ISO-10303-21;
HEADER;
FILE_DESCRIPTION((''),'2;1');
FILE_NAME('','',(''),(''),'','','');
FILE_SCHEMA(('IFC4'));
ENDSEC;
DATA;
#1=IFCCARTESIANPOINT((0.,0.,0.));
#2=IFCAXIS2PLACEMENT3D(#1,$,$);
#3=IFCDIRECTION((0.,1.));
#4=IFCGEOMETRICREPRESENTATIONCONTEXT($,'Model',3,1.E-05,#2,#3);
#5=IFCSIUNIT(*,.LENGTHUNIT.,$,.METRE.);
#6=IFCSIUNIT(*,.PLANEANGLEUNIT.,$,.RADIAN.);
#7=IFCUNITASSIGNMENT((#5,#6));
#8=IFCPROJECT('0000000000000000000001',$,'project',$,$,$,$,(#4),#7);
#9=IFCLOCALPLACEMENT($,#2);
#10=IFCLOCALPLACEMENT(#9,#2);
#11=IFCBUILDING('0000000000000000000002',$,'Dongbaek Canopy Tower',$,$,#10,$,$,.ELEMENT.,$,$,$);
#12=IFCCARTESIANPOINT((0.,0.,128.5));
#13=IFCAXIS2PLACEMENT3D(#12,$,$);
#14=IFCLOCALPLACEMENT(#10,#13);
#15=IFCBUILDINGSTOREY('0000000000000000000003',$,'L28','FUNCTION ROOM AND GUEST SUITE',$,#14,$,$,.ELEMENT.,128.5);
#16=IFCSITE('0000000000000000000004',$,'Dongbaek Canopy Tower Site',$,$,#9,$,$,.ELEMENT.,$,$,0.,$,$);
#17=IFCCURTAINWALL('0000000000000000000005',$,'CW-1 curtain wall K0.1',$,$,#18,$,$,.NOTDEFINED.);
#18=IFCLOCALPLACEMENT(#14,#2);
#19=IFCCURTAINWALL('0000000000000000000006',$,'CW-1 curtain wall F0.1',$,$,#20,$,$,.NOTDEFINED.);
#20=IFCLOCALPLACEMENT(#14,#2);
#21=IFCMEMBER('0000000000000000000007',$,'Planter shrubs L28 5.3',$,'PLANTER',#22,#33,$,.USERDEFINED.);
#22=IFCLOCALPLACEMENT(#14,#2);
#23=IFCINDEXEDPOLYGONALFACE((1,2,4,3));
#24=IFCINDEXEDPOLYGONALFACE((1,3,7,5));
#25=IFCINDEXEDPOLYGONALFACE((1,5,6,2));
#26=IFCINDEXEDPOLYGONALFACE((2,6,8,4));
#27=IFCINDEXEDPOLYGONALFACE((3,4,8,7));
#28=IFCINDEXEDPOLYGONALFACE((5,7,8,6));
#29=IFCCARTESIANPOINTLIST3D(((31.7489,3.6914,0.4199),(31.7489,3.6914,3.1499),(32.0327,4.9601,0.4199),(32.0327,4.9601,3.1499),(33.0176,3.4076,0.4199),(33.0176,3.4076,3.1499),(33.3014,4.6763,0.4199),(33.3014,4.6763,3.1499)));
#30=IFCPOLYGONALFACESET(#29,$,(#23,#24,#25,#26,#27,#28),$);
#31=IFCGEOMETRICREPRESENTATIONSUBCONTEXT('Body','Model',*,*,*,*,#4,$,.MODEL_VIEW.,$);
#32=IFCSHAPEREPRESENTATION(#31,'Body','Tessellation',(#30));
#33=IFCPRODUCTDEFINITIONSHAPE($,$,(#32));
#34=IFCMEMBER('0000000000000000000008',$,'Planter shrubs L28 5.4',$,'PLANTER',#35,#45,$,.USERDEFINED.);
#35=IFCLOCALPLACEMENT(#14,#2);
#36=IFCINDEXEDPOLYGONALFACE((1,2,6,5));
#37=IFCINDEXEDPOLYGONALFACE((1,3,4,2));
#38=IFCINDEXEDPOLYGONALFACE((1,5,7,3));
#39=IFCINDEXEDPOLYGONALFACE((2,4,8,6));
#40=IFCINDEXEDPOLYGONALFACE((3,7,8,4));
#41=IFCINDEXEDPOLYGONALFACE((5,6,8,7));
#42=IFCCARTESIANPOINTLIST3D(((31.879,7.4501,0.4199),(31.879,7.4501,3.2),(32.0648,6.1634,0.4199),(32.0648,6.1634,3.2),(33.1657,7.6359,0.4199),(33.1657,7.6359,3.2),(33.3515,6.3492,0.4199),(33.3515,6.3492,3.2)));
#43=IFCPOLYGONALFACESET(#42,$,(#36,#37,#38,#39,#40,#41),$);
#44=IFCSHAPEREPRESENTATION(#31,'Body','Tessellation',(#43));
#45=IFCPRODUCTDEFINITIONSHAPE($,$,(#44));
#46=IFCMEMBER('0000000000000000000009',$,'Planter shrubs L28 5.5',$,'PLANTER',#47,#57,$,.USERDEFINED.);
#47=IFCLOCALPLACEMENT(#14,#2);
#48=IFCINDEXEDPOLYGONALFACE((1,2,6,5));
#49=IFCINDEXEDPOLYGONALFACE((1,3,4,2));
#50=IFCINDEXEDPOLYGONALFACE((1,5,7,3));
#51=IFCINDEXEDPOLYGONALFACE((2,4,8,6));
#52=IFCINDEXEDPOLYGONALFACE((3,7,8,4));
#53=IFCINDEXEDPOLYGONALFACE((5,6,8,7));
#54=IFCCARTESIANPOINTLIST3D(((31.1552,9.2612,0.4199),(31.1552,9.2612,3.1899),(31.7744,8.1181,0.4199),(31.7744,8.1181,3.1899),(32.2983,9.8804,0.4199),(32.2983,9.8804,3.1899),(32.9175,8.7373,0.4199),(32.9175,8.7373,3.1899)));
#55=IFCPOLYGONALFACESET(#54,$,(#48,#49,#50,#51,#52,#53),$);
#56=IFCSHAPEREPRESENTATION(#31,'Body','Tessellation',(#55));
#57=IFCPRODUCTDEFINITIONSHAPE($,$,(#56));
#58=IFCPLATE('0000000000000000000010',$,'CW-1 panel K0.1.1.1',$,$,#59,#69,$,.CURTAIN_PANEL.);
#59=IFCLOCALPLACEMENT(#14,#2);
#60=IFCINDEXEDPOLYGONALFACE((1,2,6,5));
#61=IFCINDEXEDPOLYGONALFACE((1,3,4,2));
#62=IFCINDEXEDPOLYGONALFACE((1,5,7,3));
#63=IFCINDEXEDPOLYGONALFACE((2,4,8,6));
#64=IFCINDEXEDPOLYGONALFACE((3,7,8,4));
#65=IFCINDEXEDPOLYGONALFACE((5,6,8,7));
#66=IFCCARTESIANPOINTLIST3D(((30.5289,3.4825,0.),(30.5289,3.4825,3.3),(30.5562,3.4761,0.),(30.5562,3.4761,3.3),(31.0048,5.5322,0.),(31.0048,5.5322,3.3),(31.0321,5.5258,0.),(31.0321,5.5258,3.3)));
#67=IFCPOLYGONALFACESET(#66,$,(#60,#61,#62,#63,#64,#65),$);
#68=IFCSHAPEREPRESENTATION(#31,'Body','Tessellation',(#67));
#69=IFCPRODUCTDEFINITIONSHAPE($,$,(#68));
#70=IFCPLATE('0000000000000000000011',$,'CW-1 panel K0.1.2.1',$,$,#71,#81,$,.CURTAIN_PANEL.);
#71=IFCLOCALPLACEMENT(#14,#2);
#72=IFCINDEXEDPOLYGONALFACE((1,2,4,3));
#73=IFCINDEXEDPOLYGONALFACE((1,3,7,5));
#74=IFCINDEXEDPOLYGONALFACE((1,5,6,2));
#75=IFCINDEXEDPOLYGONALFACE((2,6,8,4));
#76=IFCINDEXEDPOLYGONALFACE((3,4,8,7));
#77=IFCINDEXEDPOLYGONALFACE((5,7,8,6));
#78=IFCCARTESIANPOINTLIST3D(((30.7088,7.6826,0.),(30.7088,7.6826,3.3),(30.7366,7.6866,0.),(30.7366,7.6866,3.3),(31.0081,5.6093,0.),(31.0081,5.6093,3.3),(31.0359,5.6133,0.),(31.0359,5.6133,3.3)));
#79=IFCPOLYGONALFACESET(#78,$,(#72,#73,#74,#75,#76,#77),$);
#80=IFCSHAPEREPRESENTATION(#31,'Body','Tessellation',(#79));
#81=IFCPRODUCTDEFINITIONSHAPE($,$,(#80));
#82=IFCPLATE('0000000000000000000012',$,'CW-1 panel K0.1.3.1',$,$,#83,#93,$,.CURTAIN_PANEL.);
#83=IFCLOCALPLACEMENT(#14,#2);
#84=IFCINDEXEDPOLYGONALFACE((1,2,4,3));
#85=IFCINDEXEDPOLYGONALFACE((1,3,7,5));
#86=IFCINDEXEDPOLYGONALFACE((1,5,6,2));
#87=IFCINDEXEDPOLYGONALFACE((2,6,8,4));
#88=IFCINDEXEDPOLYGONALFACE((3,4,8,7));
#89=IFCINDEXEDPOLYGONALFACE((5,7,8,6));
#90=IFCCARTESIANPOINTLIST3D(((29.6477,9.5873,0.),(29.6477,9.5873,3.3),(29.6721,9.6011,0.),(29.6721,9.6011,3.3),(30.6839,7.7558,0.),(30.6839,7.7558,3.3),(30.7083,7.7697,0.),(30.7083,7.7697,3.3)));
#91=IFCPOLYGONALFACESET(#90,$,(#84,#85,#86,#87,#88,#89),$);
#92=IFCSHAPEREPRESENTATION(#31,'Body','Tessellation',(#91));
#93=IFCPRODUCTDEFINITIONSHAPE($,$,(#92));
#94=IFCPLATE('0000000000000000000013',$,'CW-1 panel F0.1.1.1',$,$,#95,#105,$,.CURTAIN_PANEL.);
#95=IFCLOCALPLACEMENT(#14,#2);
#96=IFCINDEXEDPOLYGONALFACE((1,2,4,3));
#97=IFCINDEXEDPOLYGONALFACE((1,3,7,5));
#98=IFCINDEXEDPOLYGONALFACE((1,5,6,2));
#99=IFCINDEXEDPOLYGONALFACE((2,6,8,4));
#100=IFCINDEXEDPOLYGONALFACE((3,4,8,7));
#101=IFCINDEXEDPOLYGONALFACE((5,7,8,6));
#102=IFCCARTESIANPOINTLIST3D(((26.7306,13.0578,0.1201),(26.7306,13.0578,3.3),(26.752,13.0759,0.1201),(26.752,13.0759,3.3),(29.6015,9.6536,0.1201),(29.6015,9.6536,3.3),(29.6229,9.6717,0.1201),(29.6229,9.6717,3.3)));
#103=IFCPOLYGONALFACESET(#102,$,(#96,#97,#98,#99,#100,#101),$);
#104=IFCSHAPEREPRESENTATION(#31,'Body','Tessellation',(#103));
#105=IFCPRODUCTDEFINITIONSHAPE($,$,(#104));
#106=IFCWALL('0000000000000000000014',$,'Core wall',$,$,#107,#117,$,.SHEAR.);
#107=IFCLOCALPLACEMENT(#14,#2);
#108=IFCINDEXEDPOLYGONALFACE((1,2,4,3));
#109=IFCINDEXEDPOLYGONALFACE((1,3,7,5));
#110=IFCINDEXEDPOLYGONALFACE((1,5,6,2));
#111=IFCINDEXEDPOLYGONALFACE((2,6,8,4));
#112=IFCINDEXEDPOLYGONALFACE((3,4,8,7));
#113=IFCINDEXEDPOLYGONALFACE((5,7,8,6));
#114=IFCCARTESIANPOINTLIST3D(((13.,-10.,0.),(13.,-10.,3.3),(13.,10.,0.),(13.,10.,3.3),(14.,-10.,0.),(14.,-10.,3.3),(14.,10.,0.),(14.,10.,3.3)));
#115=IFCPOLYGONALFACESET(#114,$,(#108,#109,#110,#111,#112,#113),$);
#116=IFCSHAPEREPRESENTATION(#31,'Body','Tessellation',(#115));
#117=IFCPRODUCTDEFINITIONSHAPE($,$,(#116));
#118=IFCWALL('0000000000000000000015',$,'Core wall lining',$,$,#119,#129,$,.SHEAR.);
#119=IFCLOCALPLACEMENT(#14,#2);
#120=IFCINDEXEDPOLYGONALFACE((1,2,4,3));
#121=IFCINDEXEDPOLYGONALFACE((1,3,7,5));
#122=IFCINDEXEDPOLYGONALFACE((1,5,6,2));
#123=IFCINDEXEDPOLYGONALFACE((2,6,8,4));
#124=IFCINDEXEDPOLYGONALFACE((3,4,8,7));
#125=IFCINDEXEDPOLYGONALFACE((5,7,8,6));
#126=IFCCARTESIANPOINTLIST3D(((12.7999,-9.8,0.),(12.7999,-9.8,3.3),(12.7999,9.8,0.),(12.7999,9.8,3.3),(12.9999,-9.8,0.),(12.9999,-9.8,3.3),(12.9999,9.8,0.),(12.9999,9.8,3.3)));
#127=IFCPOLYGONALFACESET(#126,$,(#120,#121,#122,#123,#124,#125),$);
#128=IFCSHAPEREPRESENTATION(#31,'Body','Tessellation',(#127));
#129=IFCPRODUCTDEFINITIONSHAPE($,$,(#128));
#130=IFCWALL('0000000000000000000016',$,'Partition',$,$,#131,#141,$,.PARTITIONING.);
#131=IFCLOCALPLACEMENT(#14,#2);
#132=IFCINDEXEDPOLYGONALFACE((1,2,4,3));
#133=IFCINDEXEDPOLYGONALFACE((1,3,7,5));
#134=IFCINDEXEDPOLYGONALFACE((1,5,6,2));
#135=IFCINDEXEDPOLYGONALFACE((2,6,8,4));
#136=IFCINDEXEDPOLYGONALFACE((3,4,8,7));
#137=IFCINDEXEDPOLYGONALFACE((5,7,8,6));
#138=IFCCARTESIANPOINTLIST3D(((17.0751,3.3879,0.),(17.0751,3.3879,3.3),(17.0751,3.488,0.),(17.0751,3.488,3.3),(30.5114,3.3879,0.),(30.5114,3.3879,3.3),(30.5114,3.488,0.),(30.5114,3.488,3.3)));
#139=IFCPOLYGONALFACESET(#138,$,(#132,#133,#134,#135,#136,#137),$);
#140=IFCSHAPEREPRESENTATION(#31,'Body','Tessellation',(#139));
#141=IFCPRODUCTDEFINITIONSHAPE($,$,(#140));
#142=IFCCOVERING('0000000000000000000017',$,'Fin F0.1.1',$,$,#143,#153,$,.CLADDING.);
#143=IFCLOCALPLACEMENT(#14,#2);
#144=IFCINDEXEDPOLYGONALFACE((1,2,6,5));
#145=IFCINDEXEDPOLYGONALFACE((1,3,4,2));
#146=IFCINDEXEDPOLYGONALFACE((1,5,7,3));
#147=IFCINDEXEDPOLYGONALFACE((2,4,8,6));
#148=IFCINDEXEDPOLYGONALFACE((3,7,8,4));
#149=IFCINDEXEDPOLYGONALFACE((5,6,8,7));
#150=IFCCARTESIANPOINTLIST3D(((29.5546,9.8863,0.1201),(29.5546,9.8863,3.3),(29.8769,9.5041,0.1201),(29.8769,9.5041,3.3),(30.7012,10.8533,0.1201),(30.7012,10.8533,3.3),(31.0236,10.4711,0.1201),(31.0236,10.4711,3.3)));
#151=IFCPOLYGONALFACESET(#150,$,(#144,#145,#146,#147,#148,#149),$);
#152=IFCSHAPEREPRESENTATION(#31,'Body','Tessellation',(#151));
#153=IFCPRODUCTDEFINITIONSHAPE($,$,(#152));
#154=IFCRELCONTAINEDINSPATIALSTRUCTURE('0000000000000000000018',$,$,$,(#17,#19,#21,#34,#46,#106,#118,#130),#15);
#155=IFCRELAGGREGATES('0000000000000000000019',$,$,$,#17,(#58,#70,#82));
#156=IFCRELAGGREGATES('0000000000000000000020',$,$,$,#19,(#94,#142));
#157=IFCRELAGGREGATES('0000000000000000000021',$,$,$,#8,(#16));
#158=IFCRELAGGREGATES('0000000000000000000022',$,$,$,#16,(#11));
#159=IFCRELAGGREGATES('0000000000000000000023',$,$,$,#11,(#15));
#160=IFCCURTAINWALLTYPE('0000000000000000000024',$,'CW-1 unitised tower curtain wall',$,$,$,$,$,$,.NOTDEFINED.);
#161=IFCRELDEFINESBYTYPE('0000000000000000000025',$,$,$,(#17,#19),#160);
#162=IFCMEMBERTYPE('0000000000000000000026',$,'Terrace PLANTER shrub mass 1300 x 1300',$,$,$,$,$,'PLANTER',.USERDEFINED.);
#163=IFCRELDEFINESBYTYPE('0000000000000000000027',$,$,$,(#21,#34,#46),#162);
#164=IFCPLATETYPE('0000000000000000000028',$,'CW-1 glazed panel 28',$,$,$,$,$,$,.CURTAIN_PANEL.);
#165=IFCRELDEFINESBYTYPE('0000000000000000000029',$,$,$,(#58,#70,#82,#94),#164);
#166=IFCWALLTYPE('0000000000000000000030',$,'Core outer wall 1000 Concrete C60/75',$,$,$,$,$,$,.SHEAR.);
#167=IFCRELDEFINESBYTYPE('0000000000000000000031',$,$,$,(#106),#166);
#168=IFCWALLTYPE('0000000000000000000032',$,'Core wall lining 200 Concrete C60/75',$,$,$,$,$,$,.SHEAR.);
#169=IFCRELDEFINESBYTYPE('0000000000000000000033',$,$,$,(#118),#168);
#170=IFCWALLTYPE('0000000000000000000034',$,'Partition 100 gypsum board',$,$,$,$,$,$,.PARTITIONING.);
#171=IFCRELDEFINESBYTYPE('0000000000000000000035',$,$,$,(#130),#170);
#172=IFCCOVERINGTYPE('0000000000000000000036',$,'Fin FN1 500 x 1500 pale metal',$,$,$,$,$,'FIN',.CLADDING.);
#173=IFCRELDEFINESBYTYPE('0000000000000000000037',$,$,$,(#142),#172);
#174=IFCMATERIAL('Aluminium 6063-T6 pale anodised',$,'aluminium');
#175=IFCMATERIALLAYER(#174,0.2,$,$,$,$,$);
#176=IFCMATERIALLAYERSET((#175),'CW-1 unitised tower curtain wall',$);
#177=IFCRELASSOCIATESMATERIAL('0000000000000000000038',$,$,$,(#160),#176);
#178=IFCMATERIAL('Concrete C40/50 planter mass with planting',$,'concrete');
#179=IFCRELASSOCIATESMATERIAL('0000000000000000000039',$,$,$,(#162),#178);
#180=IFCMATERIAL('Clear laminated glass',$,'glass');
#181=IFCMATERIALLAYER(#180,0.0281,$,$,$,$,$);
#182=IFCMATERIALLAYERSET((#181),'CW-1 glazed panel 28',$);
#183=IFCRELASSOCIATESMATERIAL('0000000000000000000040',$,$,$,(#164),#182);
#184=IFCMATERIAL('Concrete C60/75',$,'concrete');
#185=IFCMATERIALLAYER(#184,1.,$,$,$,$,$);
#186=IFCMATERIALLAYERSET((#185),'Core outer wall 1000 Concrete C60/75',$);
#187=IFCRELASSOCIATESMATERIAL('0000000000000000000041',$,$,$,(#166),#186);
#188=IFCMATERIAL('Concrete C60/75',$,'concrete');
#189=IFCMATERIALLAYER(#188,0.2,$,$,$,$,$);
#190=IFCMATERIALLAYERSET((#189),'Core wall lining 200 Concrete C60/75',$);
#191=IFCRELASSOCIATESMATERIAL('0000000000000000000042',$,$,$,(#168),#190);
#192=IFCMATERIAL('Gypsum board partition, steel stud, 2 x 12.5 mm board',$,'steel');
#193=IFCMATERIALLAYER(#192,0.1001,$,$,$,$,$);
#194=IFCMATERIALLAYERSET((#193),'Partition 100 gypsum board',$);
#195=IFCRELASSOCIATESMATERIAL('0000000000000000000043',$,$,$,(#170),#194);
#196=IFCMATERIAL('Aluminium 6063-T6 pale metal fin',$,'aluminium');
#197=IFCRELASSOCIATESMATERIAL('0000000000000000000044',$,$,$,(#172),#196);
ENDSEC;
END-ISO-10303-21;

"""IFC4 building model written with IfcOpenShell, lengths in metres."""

from ifc_helpers import new_model, si_unit, direction, frame, frame_2d, origin, origin_2d, place, context, subcontext, project, spatial, rectangle, extrude, material, layer, layer_set, material_profile, profile_set, type_object, element, aggregate, save


model = new_model("IFC4")

# Units and contexts
model_context = context("Model", 3, precision=1e-05, world=origin(), true_north=direction((0.0, 1.0)))
body_context = subcontext(model_context, "Body", "Model", "MODEL_VIEW")
ifc_project = project(units=[si_unit("LENGTHUNIT", "METRE"), si_unit("PLANEANGLEUNIT", "RADIAN")], contexts=[model_context])

# Site, building, storey
site_placement = place(None, origin())
site = spatial("IfcSite", under=ifc_project, at=site_placement, Name="Dongbaek Canopy Tower Site", CompositionType="ELEMENT", RefElevation=0.0)
building_placement = place(site_placement, origin())
building = spatial("IfcBuilding", under=site, at=building_placement, Name="Dongbaek Canopy Tower", CompositionType="ELEMENT")
storey_placement = place(building_placement, frame((0.0, 0.0, 128.5)))
storey = spatial("IfcBuildingStorey", under=building, at=storey_placement, Name="L28", Description="FUNCTION ROOM AND GUEST SUITE", CompositionType="ELEMENT", Elevation=128.5)

# Curtain walls
ifc_material_1 = material(Name="Aluminium 6063-T6 pale anodised", Category="aluminium")
ifc_layer_1 = layer(ifc_material_1, 0.2)
ifc_layer_set_1 = layer_set([ifc_layer_1], Name="CW-1 unitised tower curtain wall")
curtain_wall_type = type_object("IfcCurtainWallType", Name="CW-1 unitised tower curtain wall", PredefinedType="NOTDEFINED", material=ifc_layer_set_1)
curtain_wall_1_placement = place(storey_placement, origin())
curtain_wall_1 = element("IfcCurtainWall", 1, at=curtain_wall_1_placement, inside=storey, type_object=curtain_wall_type, Name="CW-1 curtain wall K0.1", PredefinedType="NOTDEFINED")
curtain_wall_2_placement = place(storey_placement, origin())
curtain_wall_2 = element("IfcCurtainWall", 2, at=curtain_wall_2_placement, inside=storey, type_object=curtain_wall_type, Name="CW-1 curtain wall F0.1", PredefinedType="NOTDEFINED")

# Members
ifc_material_2 = material(Name="Concrete C40/50 planter mass with planting", Category="concrete")
ifc_material_profile_1 = material_profile(ifc_material_2, rectangle(XDim=1.3, YDim=1.3, at=origin_2d()), Name="Terrace PLANTER shrub mass 1300 x 1300")
ifc_profile_set_1 = profile_set([ifc_material_profile_1], Name="Concrete C40/50 planter mass with planting")
member_type_1 = type_object("IfcMemberType", Name="Terrace PLANTER shrub mass 1300 x 1300", ElementType="PLANTER", PredefinedType="USERDEFINED", material=ifc_profile_set_1)
member_1_placement = place(storey_placement, frame((32.5251, 4.1838, 0.4199), z_axis=(0.0, 0.0, 1.0), x_axis=(0.975892, -0.218254, 0.0)))
element("IfcMember", 3, at=member_1_placement, inside=storey, type_object=member_type_1, Name="Planter shrubs L28 5.3", ObjectType="PLANTER", PredefinedType="USERDEFINED", context=body_context, shape_type="SweptSolid", body=[
    extrude(rectangle(XDim=1.3, YDim=1.3, at=origin_2d()), origin(), (0.0, 0.0, 1.0), 2.73),
])
member_2_placement = place(storey_placement, frame((32.6152, 6.8997, 0.4199), z_axis=(0.0, 0.0, 1.0), x_axis=(0.989741, 0.142876, 0.0)))
element("IfcMember", 4, at=member_2_placement, inside=storey, type_object=member_type_1, Name="Planter shrubs L28 5.4", ObjectType="PLANTER", PredefinedType="USERDEFINED", context=body_context, shape_type="SweptSolid", body=[
    extrude(rectangle(XDim=1.3, YDim=1.3, at=origin_2d()), origin(), (0.0, 0.0, 1.0), 2.78),
])
member_3_placement = place(storey_placement, frame((32.0364, 8.9993, 0.4199), z_axis=(0.0, 0.0, 1.0), x_axis=(0.879277, 0.476311, 0.0)))
element("IfcMember", 5, at=member_3_placement, inside=storey, type_object=member_type_1, Name="Planter shrubs L28 5.5", ObjectType="PLANTER", PredefinedType="USERDEFINED", context=body_context, shape_type="SweptSolid", body=[
    extrude(rectangle(XDim=1.3, YDim=1.3, at=origin_2d()), origin(), (0.0, 0.0, 1.0), 2.77),
])

# Plates
ifc_material_3 = material(Name="Clear laminated glass", Category="glass")
ifc_layer_2 = layer(ifc_material_3, 0.0281)
ifc_layer_set_2 = layer_set([ifc_layer_2], Name="CW-1 glazed panel 28")
plate_type = type_object("IfcPlateType", Name="CW-1 glazed panel 28", PredefinedType="CURTAIN_PANEL", material=ifc_layer_set_2)
plate_1_placement = place(storey_placement, frame((30.7805, 4.5042, 0.0), z_axis=(0.0, 0.0, 1.0), x_axis=(0.226166, 0.974089, 0.0)))
plate_1 = element("IfcPlate", 6, at=plate_1_placement, type_object=plate_type, Name="CW-1 panel K0.1.1.1", PredefinedType="CURTAIN_PANEL", context=body_context, shape_type="SweptSolid", body=[
    extrude(rectangle(XDim=2.1042, YDim=0.0281, at=origin_2d()), origin(), (0.0, 0.0, 1.0), 3.3),
])
plate_2_placement = place(storey_placement, frame((30.8723, 6.6479, 0.0), z_axis=(0.0, 0.0, 1.0), x_axis=(-0.142876, 0.989741, 0.0)))
plate_2 = element("IfcPlate", 7, at=plate_2_placement, type_object=plate_type, Name="CW-1 panel K0.1.2.1", PredefinedType="CURTAIN_PANEL", context=body_context, shape_type="SweptSolid", body=[
    extrude(rectangle(XDim=2.0947, YDim=0.0281, at=origin_2d()), origin(), (0.0, 0.0, 1.0), 3.3),
])
plate_3_placement = place(storey_placement, frame((30.178, 8.6785, 0.0), z_axis=(0.0, 0.0, 1.0), x_axis=(-0.492424, 0.870356, 0.0)))
plate_3 = element("IfcPlate", 8, at=plate_3_placement, type_object=plate_type, Name="CW-1 panel K0.1.3.1", PredefinedType="CURTAIN_PANEL", context=body_context, shape_type="SweptSolid", body=[
    extrude(rectangle(XDim=2.1042, YDim=0.0281, at=origin_2d()), origin(), (0.0, 0.0, 1.0), 3.3),
])
aggregate(curtain_wall_1, [plate_1, plate_2, plate_3])
plate_4_placement = place(storey_placement, frame((28.1768, 11.3647, 0.1201), z_axis=(0.0, 0.0, 1.0), x_axis=(-0.644696, 0.764439, 0.0)))
plate_4 = element("IfcPlate", 9, at=plate_4_placement, type_object=plate_type, Name="CW-1 panel F0.1.1.1", PredefinedType="CURTAIN_PANEL", context=body_context, shape_type="SweptSolid", body=[
    extrude(rectangle(XDim=4.4531, YDim=0.0281, at=origin_2d()), origin(), (0.0, 0.0, 1.0), 3.1799),
])

# Walls
ifc_material_4 = material(Name="Concrete C60/75", Category="concrete")
ifc_layer_3 = layer(ifc_material_4, 1.0)
ifc_layer_set_3 = layer_set([ifc_layer_3], Name="Core outer wall 1000 Concrete C60/75")
wall_type_1 = type_object("IfcWallType", Name="Core outer wall 1000 Concrete C60/75", PredefinedType="SHEAR", material=ifc_layer_set_3)
wall_1_placement = place(storey_placement, frame((13.5, 10.0, 0.0), z_axis=(0.0, 0.0, 1.0), x_axis=(0.0, -1.0, 0.0)))
element("IfcWall", 10, at=wall_1_placement, inside=storey, type_object=wall_type_1, Name="Core wall", PredefinedType="SHEAR", context=body_context, shape_type="SweptSolid", body=[
    extrude(rectangle(XDim=20.0, YDim=1.0, at=frame_2d((10.0, 0.0))), origin(), (0.0, 0.0, 1.0), 3.3),
])
ifc_material_5 = material(Name="Concrete C60/75", Category="concrete")
ifc_layer_4 = layer(ifc_material_5, 0.2)
ifc_layer_set_4 = layer_set([ifc_layer_4], Name="Core wall lining 200 Concrete C60/75")
wall_type_2 = type_object("IfcWallType", Name="Core wall lining 200 Concrete C60/75", PredefinedType="SHEAR", material=ifc_layer_set_4)
wall_2_placement = place(storey_placement, frame((12.8999, 9.8, 0.0), z_axis=(0.0, 0.0, 1.0), x_axis=(0.0, -1.0, 0.0)))
element("IfcWall", 11, at=wall_2_placement, inside=storey, type_object=wall_type_2, Name="Core wall lining", PredefinedType="SHEAR", context=body_context, shape_type="SweptSolid", body=[
    extrude(rectangle(XDim=19.6001, YDim=0.2, at=frame_2d((9.8, 0.0))), origin(), (0.0, 0.0, 1.0), 3.3),
])
ifc_material_6 = material(Name="Gypsum board partition, steel stud, 2 x 12.5 mm board", Category="steel")
ifc_layer_5 = layer(ifc_material_6, 0.1001)
ifc_layer_set_5 = layer_set([ifc_layer_5], Name="Partition 100 gypsum board")
wall_type_3 = type_object("IfcWallType", Name="Partition 100 gypsum board", PredefinedType="PARTITIONING", material=ifc_layer_set_5)
wall_3_placement = place(storey_placement, frame((17.075, 3.438, 0.0), z_axis=(0.0, 0.0, 1.0), x_axis=(1.0, 0.0, 0.0)))
element("IfcWall", 12, at=wall_3_placement, inside=storey, type_object=wall_type_3, Name="Partition", PredefinedType="PARTITIONING", context=body_context, shape_type="SweptSolid", body=[
    extrude(rectangle(XDim=13.4363, YDim=0.1001, at=frame_2d((6.7183, 0.0))), origin(), (0.0, 0.0, 1.0), 3.3),
])

# Covering
ifc_material_7 = material(Name="Aluminium 6063-T6 pale metal fin", Category="aluminium")
ifc_material_profile_2 = material_profile(ifc_material_7, rectangle(XDim=1.5, YDim=0.5, at=origin_2d()), Name="Fin FN1 500 x 1500 pale metal")
ifc_profile_set_2 = profile_set([ifc_material_profile_2], Name="Aluminium 6063-T6 pale metal fin")
covering_type = type_object("IfcCoveringType", Name="Fin FN1 500 x 1500 pale metal", ElementType="FIN", PredefinedType="CLADDING", material=ifc_profile_set_2)
covering_placement = place(storey_placement, frame((30.2891, 10.1787, 0.1201), z_axis=(0.0, 0.0, 1.0), x_axis=(0.764439, 0.644696, 0.0)))
covering = element("IfcCovering", 13, at=covering_placement, type_object=covering_type, Name="Fin F0.1.1", PredefinedType="CLADDING", context=body_context, shape_type="SweptSolid", body=[
    extrude(rectangle(XDim=1.5, YDim=0.5, at=origin_2d()), origin(), (0.0, 0.0, 1.0), 3.1799),
])
aggregate(curtain_wall_2, [plate_4, covering])

save(model, "model.ifc")
